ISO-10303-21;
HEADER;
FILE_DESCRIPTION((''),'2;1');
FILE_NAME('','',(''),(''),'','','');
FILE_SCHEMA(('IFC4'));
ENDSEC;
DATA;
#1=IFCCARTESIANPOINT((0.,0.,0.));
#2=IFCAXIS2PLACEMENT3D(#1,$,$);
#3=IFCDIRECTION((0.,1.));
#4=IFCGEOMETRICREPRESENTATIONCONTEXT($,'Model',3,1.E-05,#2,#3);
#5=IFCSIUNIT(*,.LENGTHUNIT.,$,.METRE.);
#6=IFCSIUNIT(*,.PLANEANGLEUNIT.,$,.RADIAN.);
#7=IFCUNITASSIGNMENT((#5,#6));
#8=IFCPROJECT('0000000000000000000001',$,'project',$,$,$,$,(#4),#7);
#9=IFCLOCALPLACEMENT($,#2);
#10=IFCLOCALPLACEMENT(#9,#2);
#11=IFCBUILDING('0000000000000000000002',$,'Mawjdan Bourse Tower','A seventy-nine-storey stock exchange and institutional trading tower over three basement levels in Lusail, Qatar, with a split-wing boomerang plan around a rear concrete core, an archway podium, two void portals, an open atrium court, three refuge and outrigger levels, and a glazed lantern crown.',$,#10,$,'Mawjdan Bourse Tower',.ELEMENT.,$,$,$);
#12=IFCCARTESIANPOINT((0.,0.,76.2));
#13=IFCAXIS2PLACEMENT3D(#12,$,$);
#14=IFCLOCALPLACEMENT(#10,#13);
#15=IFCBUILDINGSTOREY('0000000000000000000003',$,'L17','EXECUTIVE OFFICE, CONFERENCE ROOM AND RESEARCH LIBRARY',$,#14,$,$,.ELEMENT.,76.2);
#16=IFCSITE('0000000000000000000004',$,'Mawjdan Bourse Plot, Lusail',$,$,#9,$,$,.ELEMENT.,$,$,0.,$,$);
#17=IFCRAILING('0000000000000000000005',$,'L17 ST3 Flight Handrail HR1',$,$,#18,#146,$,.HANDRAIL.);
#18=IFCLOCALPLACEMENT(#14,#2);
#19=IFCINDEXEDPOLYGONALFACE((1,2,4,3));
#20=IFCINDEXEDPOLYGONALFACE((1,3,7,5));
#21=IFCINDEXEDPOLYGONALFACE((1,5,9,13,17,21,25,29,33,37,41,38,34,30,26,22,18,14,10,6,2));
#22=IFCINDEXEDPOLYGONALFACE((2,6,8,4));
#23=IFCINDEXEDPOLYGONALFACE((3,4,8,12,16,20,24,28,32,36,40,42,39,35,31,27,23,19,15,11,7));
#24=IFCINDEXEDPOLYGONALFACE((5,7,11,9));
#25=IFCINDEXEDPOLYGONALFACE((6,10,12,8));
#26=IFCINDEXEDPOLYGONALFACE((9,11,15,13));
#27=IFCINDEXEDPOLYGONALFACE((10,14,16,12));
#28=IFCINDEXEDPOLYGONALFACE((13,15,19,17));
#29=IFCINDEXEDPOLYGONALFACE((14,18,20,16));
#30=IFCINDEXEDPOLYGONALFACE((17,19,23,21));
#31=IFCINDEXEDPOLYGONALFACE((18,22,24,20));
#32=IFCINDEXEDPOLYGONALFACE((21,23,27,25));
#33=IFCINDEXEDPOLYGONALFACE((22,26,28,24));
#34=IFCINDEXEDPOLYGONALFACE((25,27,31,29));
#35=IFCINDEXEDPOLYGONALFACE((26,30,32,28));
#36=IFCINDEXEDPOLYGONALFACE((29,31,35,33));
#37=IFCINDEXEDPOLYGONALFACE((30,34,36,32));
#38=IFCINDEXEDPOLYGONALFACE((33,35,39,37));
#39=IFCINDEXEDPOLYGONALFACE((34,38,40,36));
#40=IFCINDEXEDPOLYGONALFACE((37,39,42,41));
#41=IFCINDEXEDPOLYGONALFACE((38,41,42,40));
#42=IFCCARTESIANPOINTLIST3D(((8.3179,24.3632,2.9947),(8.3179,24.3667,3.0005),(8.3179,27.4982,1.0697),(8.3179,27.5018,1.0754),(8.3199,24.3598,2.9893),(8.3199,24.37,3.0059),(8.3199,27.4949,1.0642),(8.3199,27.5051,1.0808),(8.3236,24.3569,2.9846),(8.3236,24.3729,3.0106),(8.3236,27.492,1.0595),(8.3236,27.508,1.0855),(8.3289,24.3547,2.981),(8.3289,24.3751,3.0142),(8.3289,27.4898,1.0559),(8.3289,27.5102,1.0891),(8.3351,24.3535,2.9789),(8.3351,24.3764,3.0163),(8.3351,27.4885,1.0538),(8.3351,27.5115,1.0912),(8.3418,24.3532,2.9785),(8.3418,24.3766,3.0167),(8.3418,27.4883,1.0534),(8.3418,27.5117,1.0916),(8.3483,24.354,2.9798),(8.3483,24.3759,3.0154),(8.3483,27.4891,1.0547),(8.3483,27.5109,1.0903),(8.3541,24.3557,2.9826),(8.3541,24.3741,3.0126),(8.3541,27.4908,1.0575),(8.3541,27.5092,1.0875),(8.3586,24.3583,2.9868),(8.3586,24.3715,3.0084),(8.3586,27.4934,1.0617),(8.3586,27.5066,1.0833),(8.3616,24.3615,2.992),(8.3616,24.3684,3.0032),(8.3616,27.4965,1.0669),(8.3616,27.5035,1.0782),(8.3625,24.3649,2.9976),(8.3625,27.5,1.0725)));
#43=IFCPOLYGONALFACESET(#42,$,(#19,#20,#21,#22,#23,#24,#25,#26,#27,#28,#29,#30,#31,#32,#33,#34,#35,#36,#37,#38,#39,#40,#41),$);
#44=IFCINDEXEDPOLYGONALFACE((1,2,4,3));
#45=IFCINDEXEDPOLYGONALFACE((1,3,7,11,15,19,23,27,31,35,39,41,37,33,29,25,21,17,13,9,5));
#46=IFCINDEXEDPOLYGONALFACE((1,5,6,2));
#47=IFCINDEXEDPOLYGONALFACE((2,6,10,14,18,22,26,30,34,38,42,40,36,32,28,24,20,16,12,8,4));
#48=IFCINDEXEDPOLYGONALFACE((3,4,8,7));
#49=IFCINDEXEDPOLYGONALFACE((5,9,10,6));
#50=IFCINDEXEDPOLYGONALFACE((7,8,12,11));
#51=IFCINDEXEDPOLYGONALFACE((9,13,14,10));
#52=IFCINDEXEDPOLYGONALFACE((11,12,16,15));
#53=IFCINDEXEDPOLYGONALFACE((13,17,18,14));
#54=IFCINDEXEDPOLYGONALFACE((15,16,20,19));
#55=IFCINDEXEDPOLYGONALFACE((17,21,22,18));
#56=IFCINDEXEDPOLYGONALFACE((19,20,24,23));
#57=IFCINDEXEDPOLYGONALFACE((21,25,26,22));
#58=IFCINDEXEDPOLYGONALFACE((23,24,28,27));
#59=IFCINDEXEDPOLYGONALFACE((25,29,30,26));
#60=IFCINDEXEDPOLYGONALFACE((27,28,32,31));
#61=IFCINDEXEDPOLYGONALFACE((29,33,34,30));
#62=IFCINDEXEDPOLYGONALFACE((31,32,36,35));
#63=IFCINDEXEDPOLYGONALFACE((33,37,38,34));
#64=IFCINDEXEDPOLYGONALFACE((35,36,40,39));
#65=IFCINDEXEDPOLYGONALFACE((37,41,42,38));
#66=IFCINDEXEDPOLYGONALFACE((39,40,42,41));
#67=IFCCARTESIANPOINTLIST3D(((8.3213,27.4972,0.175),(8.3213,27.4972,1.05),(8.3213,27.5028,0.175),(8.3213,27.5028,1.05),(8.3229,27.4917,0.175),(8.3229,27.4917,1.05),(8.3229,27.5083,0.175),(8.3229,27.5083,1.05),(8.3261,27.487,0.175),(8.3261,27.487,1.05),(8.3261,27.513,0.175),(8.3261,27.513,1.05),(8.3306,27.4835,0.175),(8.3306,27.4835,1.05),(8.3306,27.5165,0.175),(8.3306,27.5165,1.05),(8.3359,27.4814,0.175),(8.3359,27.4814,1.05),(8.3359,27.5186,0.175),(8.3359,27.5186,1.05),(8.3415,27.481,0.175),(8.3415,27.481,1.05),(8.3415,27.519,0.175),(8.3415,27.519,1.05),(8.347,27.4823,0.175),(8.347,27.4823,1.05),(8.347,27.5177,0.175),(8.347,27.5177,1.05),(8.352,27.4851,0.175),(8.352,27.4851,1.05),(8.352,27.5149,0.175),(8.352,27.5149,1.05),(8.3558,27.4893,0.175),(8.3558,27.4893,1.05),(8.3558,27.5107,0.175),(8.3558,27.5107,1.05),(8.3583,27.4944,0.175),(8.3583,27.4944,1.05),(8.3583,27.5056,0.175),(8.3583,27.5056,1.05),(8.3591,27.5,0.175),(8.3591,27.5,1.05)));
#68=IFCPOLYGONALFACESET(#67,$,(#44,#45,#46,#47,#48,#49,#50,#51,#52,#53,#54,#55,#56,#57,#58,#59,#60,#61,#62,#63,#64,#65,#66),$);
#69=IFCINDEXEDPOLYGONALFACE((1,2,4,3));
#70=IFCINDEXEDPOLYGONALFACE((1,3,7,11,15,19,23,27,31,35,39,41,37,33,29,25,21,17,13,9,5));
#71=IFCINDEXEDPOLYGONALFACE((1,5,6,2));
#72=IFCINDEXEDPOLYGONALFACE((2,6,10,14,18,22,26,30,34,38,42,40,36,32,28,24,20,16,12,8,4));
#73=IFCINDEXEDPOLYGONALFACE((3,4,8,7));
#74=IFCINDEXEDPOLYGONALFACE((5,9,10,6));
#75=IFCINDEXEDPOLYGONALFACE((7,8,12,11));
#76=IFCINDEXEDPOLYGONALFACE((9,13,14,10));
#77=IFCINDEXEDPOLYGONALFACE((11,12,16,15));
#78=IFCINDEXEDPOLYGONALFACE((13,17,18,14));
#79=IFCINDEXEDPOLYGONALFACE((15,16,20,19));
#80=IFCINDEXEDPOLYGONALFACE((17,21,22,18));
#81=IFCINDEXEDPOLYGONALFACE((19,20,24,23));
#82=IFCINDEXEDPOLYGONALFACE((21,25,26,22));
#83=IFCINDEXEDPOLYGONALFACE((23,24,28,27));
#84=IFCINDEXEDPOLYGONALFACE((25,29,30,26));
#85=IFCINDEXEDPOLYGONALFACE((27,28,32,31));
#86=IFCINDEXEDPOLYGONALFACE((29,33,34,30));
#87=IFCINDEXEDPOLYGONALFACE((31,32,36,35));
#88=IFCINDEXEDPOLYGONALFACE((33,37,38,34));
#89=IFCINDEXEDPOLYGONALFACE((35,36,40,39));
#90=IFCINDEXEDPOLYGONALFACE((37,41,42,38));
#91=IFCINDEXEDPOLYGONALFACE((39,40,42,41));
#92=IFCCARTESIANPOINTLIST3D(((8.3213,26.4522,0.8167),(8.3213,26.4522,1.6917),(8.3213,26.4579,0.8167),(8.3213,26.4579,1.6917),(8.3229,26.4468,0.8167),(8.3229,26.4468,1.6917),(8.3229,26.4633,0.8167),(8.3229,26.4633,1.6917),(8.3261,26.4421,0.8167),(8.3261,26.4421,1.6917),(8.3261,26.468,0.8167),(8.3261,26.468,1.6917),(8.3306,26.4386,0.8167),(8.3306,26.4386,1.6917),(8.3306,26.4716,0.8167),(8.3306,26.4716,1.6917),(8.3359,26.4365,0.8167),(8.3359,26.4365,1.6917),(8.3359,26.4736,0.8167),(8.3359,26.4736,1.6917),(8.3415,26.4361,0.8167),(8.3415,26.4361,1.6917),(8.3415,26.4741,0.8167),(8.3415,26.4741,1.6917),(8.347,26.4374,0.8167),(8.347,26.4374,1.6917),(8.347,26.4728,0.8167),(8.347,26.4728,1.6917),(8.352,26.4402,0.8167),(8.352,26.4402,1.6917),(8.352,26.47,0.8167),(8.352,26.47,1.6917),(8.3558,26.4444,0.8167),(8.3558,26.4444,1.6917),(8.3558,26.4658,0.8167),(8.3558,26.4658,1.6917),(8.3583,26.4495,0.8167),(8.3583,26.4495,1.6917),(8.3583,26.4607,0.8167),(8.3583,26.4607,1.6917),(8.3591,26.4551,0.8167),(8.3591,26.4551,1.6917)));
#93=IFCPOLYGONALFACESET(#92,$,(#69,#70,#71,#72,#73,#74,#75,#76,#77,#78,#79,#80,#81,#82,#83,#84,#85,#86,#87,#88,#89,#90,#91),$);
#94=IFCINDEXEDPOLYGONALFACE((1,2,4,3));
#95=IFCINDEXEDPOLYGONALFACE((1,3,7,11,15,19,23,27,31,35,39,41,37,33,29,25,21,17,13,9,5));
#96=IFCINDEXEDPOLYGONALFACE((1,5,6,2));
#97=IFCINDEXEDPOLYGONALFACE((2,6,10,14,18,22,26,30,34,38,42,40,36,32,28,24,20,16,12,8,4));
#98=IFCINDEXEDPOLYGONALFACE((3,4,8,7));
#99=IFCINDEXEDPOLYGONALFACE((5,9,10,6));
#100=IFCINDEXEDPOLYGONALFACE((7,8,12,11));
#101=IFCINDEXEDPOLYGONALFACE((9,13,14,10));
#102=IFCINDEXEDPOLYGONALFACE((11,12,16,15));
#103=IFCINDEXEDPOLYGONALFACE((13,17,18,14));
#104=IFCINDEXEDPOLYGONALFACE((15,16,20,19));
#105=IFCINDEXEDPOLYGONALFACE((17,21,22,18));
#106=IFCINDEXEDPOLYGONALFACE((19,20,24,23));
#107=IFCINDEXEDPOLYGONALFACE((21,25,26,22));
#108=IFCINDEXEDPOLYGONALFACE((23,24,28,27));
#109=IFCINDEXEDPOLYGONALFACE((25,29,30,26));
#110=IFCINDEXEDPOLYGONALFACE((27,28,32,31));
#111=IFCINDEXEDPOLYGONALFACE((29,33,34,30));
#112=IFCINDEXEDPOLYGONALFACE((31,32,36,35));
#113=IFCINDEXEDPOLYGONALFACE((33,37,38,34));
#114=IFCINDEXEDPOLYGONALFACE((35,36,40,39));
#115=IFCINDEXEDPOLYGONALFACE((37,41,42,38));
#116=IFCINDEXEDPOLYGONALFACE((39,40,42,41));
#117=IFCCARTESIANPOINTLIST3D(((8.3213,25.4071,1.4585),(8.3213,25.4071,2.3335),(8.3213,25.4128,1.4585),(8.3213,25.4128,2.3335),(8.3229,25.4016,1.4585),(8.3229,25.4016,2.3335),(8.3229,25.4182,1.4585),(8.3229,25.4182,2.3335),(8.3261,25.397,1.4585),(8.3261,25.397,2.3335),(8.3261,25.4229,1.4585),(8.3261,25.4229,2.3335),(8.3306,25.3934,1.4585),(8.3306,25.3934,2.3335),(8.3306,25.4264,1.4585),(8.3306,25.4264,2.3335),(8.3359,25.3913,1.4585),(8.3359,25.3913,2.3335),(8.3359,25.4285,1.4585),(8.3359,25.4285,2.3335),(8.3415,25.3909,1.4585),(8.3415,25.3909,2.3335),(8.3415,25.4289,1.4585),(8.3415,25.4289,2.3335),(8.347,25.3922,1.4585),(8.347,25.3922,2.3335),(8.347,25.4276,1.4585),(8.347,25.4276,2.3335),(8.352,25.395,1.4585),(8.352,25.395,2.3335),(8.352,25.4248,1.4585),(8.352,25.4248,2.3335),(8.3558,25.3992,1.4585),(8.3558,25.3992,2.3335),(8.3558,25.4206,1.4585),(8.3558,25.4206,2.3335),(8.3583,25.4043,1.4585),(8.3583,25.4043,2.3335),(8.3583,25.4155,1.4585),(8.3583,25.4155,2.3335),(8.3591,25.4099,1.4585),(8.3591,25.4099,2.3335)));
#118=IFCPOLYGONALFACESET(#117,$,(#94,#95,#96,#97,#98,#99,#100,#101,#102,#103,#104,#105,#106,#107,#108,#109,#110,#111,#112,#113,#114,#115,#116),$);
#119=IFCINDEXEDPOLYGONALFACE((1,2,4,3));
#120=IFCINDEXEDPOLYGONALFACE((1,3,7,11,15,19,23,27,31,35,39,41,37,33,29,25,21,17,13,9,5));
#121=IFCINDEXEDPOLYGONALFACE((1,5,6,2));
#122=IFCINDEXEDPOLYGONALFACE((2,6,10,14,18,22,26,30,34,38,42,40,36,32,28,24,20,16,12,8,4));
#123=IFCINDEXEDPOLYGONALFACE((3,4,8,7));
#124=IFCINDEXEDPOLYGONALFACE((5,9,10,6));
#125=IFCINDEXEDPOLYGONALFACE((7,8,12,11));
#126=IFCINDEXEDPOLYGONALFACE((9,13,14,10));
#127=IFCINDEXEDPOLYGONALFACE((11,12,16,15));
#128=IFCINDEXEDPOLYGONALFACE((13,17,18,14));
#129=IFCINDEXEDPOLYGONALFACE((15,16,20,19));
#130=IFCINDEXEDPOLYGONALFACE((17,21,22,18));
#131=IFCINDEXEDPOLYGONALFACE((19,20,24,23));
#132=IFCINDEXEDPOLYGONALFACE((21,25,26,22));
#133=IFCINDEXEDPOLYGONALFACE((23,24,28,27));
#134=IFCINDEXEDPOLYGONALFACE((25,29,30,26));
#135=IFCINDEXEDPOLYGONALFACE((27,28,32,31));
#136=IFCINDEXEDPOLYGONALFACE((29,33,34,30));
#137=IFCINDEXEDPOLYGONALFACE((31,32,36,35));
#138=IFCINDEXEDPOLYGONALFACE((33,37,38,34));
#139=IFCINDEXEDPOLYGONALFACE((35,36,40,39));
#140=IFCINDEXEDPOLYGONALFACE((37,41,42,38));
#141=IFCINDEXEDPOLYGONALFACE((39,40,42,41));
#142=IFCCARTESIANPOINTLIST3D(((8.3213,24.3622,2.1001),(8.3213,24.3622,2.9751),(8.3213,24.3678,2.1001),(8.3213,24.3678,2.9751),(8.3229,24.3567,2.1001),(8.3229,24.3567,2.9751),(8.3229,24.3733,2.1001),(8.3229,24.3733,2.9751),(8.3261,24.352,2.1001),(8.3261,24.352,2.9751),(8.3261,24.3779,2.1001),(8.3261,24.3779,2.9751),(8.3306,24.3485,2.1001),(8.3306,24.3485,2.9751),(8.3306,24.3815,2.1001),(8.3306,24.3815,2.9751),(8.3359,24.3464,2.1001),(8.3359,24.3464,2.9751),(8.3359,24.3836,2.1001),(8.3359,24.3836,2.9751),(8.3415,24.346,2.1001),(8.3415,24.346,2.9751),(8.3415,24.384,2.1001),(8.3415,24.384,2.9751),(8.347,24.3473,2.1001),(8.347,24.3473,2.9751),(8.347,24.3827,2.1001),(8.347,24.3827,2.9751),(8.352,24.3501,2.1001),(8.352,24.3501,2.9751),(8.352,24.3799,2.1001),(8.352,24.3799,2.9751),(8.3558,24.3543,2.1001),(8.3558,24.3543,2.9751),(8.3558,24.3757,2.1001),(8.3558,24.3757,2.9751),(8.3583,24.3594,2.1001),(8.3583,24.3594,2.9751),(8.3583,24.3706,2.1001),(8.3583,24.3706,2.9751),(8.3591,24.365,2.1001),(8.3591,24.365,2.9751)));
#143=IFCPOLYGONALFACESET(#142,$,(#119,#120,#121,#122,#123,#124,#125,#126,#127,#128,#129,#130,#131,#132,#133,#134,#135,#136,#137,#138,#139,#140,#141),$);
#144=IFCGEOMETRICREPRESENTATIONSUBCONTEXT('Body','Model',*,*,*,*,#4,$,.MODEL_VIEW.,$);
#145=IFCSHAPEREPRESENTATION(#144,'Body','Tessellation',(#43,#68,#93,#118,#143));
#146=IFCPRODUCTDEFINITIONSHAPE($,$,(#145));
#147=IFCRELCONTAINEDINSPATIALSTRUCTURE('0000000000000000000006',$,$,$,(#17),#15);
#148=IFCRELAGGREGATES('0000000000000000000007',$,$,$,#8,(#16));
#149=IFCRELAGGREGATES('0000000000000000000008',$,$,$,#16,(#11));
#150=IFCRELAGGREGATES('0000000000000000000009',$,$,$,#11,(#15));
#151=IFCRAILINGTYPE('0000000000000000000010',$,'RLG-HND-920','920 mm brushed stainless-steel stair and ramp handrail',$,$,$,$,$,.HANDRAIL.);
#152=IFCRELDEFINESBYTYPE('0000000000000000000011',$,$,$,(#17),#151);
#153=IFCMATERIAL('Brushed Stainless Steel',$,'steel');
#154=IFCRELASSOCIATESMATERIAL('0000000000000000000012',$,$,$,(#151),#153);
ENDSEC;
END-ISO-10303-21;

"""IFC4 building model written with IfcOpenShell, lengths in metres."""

from ifc_helpers import new_model, si_unit, direction, frame, origin, origin_2d, place, context, subcontext, project, spatial, circle, extrude, material, type_object, element, save


model = new_model("IFC4")

# Units and contexts
model_context = context("Model", 3, precision=1e-05, world=origin(), true_north=direction((0.0, 1.0)))
body_context = subcontext(model_context, "Body", "Model", "MODEL_VIEW")
ifc_project = project(units=[si_unit("LENGTHUNIT", "METRE"), si_unit("PLANEANGLEUNIT", "RADIAN")], contexts=[model_context])

# Site, building, storey
site_placement = place(None, origin())
site = spatial("IfcSite", under=ifc_project, at=site_placement, Name="Mawjdan Bourse Plot, Lusail", CompositionType="ELEMENT", RefElevation=0.0)
building_placement = place(site_placement, origin())
building = spatial("IfcBuilding", under=site, at=building_placement, Name="Mawjdan Bourse Tower", Description="A seventy-nine-storey stock exchange and institutional trading tower over three basement levels in Lusail, Qatar, with a split-wing boomerang plan around a rear concrete core, an archway podium, two void portals, an open atrium court, three refuge and outrigger levels, and a glazed lantern crown.", LongName="Mawjdan Bourse Tower", CompositionType="ELEMENT")
storey_placement = place(building_placement, frame((0.0, 0.0, 76.2)))
storey = spatial("IfcBuildingStorey", under=building, at=storey_placement, Name="L17", Description="EXECUTIVE OFFICE, CONFERENCE ROOM AND RESEARCH LIBRARY", CompositionType="ELEMENT", Elevation=76.2)

# Railing
ifc_material_1 = material(Name="Brushed Stainless Steel", Category="steel")
railing_type_1 = type_object("IfcRailingType", Name="RLG-HND-920", Description="920 mm brushed stainless-steel stair and ramp handrail", PredefinedType="HANDRAIL", material=ifc_material_1)
railing_1_placement = place(storey_placement, frame((8.3401, 27.5, 0.175)))
element("IfcRailing", 1, at=railing_1_placement, inside=storey, type_object=railing_type_1, Name="L17 ST3 Flight Handrail HR1", PredefinedType="HANDRAIL", context=body_context, shape_type="SweptSolid", body=[
    extrude(circle(Radius=0.0225, at=origin_2d()), frame((0.0, 0.0, 0.8975), z_axis=(0.0, -0.852166, 0.523271), x_axis=(1.0, 0.0, 0.0)), (0.0, 0.0, 1.0), 3.679),
    extrude(circle(Radius=0.019, at=origin_2d()), origin(), (0.0, 0.0, 1.0), 0.875),
    extrude(circle(Radius=0.019, at=origin_2d()), frame((0.0, -1.0449, 0.6416)), (0.0, 0.0, 1.0), 0.875),
    extrude(circle(Radius=0.019, at=origin_2d()), frame((0.0, -2.0901, 1.2834)), (0.0, 0.0, 1.0), 0.875),
    extrude(circle(Radius=0.019, at=origin_2d()), frame((0.0, -3.135, 1.925)), (0.0, 0.0, 1.0), 0.875),
])

save(model, "model.ifc")
